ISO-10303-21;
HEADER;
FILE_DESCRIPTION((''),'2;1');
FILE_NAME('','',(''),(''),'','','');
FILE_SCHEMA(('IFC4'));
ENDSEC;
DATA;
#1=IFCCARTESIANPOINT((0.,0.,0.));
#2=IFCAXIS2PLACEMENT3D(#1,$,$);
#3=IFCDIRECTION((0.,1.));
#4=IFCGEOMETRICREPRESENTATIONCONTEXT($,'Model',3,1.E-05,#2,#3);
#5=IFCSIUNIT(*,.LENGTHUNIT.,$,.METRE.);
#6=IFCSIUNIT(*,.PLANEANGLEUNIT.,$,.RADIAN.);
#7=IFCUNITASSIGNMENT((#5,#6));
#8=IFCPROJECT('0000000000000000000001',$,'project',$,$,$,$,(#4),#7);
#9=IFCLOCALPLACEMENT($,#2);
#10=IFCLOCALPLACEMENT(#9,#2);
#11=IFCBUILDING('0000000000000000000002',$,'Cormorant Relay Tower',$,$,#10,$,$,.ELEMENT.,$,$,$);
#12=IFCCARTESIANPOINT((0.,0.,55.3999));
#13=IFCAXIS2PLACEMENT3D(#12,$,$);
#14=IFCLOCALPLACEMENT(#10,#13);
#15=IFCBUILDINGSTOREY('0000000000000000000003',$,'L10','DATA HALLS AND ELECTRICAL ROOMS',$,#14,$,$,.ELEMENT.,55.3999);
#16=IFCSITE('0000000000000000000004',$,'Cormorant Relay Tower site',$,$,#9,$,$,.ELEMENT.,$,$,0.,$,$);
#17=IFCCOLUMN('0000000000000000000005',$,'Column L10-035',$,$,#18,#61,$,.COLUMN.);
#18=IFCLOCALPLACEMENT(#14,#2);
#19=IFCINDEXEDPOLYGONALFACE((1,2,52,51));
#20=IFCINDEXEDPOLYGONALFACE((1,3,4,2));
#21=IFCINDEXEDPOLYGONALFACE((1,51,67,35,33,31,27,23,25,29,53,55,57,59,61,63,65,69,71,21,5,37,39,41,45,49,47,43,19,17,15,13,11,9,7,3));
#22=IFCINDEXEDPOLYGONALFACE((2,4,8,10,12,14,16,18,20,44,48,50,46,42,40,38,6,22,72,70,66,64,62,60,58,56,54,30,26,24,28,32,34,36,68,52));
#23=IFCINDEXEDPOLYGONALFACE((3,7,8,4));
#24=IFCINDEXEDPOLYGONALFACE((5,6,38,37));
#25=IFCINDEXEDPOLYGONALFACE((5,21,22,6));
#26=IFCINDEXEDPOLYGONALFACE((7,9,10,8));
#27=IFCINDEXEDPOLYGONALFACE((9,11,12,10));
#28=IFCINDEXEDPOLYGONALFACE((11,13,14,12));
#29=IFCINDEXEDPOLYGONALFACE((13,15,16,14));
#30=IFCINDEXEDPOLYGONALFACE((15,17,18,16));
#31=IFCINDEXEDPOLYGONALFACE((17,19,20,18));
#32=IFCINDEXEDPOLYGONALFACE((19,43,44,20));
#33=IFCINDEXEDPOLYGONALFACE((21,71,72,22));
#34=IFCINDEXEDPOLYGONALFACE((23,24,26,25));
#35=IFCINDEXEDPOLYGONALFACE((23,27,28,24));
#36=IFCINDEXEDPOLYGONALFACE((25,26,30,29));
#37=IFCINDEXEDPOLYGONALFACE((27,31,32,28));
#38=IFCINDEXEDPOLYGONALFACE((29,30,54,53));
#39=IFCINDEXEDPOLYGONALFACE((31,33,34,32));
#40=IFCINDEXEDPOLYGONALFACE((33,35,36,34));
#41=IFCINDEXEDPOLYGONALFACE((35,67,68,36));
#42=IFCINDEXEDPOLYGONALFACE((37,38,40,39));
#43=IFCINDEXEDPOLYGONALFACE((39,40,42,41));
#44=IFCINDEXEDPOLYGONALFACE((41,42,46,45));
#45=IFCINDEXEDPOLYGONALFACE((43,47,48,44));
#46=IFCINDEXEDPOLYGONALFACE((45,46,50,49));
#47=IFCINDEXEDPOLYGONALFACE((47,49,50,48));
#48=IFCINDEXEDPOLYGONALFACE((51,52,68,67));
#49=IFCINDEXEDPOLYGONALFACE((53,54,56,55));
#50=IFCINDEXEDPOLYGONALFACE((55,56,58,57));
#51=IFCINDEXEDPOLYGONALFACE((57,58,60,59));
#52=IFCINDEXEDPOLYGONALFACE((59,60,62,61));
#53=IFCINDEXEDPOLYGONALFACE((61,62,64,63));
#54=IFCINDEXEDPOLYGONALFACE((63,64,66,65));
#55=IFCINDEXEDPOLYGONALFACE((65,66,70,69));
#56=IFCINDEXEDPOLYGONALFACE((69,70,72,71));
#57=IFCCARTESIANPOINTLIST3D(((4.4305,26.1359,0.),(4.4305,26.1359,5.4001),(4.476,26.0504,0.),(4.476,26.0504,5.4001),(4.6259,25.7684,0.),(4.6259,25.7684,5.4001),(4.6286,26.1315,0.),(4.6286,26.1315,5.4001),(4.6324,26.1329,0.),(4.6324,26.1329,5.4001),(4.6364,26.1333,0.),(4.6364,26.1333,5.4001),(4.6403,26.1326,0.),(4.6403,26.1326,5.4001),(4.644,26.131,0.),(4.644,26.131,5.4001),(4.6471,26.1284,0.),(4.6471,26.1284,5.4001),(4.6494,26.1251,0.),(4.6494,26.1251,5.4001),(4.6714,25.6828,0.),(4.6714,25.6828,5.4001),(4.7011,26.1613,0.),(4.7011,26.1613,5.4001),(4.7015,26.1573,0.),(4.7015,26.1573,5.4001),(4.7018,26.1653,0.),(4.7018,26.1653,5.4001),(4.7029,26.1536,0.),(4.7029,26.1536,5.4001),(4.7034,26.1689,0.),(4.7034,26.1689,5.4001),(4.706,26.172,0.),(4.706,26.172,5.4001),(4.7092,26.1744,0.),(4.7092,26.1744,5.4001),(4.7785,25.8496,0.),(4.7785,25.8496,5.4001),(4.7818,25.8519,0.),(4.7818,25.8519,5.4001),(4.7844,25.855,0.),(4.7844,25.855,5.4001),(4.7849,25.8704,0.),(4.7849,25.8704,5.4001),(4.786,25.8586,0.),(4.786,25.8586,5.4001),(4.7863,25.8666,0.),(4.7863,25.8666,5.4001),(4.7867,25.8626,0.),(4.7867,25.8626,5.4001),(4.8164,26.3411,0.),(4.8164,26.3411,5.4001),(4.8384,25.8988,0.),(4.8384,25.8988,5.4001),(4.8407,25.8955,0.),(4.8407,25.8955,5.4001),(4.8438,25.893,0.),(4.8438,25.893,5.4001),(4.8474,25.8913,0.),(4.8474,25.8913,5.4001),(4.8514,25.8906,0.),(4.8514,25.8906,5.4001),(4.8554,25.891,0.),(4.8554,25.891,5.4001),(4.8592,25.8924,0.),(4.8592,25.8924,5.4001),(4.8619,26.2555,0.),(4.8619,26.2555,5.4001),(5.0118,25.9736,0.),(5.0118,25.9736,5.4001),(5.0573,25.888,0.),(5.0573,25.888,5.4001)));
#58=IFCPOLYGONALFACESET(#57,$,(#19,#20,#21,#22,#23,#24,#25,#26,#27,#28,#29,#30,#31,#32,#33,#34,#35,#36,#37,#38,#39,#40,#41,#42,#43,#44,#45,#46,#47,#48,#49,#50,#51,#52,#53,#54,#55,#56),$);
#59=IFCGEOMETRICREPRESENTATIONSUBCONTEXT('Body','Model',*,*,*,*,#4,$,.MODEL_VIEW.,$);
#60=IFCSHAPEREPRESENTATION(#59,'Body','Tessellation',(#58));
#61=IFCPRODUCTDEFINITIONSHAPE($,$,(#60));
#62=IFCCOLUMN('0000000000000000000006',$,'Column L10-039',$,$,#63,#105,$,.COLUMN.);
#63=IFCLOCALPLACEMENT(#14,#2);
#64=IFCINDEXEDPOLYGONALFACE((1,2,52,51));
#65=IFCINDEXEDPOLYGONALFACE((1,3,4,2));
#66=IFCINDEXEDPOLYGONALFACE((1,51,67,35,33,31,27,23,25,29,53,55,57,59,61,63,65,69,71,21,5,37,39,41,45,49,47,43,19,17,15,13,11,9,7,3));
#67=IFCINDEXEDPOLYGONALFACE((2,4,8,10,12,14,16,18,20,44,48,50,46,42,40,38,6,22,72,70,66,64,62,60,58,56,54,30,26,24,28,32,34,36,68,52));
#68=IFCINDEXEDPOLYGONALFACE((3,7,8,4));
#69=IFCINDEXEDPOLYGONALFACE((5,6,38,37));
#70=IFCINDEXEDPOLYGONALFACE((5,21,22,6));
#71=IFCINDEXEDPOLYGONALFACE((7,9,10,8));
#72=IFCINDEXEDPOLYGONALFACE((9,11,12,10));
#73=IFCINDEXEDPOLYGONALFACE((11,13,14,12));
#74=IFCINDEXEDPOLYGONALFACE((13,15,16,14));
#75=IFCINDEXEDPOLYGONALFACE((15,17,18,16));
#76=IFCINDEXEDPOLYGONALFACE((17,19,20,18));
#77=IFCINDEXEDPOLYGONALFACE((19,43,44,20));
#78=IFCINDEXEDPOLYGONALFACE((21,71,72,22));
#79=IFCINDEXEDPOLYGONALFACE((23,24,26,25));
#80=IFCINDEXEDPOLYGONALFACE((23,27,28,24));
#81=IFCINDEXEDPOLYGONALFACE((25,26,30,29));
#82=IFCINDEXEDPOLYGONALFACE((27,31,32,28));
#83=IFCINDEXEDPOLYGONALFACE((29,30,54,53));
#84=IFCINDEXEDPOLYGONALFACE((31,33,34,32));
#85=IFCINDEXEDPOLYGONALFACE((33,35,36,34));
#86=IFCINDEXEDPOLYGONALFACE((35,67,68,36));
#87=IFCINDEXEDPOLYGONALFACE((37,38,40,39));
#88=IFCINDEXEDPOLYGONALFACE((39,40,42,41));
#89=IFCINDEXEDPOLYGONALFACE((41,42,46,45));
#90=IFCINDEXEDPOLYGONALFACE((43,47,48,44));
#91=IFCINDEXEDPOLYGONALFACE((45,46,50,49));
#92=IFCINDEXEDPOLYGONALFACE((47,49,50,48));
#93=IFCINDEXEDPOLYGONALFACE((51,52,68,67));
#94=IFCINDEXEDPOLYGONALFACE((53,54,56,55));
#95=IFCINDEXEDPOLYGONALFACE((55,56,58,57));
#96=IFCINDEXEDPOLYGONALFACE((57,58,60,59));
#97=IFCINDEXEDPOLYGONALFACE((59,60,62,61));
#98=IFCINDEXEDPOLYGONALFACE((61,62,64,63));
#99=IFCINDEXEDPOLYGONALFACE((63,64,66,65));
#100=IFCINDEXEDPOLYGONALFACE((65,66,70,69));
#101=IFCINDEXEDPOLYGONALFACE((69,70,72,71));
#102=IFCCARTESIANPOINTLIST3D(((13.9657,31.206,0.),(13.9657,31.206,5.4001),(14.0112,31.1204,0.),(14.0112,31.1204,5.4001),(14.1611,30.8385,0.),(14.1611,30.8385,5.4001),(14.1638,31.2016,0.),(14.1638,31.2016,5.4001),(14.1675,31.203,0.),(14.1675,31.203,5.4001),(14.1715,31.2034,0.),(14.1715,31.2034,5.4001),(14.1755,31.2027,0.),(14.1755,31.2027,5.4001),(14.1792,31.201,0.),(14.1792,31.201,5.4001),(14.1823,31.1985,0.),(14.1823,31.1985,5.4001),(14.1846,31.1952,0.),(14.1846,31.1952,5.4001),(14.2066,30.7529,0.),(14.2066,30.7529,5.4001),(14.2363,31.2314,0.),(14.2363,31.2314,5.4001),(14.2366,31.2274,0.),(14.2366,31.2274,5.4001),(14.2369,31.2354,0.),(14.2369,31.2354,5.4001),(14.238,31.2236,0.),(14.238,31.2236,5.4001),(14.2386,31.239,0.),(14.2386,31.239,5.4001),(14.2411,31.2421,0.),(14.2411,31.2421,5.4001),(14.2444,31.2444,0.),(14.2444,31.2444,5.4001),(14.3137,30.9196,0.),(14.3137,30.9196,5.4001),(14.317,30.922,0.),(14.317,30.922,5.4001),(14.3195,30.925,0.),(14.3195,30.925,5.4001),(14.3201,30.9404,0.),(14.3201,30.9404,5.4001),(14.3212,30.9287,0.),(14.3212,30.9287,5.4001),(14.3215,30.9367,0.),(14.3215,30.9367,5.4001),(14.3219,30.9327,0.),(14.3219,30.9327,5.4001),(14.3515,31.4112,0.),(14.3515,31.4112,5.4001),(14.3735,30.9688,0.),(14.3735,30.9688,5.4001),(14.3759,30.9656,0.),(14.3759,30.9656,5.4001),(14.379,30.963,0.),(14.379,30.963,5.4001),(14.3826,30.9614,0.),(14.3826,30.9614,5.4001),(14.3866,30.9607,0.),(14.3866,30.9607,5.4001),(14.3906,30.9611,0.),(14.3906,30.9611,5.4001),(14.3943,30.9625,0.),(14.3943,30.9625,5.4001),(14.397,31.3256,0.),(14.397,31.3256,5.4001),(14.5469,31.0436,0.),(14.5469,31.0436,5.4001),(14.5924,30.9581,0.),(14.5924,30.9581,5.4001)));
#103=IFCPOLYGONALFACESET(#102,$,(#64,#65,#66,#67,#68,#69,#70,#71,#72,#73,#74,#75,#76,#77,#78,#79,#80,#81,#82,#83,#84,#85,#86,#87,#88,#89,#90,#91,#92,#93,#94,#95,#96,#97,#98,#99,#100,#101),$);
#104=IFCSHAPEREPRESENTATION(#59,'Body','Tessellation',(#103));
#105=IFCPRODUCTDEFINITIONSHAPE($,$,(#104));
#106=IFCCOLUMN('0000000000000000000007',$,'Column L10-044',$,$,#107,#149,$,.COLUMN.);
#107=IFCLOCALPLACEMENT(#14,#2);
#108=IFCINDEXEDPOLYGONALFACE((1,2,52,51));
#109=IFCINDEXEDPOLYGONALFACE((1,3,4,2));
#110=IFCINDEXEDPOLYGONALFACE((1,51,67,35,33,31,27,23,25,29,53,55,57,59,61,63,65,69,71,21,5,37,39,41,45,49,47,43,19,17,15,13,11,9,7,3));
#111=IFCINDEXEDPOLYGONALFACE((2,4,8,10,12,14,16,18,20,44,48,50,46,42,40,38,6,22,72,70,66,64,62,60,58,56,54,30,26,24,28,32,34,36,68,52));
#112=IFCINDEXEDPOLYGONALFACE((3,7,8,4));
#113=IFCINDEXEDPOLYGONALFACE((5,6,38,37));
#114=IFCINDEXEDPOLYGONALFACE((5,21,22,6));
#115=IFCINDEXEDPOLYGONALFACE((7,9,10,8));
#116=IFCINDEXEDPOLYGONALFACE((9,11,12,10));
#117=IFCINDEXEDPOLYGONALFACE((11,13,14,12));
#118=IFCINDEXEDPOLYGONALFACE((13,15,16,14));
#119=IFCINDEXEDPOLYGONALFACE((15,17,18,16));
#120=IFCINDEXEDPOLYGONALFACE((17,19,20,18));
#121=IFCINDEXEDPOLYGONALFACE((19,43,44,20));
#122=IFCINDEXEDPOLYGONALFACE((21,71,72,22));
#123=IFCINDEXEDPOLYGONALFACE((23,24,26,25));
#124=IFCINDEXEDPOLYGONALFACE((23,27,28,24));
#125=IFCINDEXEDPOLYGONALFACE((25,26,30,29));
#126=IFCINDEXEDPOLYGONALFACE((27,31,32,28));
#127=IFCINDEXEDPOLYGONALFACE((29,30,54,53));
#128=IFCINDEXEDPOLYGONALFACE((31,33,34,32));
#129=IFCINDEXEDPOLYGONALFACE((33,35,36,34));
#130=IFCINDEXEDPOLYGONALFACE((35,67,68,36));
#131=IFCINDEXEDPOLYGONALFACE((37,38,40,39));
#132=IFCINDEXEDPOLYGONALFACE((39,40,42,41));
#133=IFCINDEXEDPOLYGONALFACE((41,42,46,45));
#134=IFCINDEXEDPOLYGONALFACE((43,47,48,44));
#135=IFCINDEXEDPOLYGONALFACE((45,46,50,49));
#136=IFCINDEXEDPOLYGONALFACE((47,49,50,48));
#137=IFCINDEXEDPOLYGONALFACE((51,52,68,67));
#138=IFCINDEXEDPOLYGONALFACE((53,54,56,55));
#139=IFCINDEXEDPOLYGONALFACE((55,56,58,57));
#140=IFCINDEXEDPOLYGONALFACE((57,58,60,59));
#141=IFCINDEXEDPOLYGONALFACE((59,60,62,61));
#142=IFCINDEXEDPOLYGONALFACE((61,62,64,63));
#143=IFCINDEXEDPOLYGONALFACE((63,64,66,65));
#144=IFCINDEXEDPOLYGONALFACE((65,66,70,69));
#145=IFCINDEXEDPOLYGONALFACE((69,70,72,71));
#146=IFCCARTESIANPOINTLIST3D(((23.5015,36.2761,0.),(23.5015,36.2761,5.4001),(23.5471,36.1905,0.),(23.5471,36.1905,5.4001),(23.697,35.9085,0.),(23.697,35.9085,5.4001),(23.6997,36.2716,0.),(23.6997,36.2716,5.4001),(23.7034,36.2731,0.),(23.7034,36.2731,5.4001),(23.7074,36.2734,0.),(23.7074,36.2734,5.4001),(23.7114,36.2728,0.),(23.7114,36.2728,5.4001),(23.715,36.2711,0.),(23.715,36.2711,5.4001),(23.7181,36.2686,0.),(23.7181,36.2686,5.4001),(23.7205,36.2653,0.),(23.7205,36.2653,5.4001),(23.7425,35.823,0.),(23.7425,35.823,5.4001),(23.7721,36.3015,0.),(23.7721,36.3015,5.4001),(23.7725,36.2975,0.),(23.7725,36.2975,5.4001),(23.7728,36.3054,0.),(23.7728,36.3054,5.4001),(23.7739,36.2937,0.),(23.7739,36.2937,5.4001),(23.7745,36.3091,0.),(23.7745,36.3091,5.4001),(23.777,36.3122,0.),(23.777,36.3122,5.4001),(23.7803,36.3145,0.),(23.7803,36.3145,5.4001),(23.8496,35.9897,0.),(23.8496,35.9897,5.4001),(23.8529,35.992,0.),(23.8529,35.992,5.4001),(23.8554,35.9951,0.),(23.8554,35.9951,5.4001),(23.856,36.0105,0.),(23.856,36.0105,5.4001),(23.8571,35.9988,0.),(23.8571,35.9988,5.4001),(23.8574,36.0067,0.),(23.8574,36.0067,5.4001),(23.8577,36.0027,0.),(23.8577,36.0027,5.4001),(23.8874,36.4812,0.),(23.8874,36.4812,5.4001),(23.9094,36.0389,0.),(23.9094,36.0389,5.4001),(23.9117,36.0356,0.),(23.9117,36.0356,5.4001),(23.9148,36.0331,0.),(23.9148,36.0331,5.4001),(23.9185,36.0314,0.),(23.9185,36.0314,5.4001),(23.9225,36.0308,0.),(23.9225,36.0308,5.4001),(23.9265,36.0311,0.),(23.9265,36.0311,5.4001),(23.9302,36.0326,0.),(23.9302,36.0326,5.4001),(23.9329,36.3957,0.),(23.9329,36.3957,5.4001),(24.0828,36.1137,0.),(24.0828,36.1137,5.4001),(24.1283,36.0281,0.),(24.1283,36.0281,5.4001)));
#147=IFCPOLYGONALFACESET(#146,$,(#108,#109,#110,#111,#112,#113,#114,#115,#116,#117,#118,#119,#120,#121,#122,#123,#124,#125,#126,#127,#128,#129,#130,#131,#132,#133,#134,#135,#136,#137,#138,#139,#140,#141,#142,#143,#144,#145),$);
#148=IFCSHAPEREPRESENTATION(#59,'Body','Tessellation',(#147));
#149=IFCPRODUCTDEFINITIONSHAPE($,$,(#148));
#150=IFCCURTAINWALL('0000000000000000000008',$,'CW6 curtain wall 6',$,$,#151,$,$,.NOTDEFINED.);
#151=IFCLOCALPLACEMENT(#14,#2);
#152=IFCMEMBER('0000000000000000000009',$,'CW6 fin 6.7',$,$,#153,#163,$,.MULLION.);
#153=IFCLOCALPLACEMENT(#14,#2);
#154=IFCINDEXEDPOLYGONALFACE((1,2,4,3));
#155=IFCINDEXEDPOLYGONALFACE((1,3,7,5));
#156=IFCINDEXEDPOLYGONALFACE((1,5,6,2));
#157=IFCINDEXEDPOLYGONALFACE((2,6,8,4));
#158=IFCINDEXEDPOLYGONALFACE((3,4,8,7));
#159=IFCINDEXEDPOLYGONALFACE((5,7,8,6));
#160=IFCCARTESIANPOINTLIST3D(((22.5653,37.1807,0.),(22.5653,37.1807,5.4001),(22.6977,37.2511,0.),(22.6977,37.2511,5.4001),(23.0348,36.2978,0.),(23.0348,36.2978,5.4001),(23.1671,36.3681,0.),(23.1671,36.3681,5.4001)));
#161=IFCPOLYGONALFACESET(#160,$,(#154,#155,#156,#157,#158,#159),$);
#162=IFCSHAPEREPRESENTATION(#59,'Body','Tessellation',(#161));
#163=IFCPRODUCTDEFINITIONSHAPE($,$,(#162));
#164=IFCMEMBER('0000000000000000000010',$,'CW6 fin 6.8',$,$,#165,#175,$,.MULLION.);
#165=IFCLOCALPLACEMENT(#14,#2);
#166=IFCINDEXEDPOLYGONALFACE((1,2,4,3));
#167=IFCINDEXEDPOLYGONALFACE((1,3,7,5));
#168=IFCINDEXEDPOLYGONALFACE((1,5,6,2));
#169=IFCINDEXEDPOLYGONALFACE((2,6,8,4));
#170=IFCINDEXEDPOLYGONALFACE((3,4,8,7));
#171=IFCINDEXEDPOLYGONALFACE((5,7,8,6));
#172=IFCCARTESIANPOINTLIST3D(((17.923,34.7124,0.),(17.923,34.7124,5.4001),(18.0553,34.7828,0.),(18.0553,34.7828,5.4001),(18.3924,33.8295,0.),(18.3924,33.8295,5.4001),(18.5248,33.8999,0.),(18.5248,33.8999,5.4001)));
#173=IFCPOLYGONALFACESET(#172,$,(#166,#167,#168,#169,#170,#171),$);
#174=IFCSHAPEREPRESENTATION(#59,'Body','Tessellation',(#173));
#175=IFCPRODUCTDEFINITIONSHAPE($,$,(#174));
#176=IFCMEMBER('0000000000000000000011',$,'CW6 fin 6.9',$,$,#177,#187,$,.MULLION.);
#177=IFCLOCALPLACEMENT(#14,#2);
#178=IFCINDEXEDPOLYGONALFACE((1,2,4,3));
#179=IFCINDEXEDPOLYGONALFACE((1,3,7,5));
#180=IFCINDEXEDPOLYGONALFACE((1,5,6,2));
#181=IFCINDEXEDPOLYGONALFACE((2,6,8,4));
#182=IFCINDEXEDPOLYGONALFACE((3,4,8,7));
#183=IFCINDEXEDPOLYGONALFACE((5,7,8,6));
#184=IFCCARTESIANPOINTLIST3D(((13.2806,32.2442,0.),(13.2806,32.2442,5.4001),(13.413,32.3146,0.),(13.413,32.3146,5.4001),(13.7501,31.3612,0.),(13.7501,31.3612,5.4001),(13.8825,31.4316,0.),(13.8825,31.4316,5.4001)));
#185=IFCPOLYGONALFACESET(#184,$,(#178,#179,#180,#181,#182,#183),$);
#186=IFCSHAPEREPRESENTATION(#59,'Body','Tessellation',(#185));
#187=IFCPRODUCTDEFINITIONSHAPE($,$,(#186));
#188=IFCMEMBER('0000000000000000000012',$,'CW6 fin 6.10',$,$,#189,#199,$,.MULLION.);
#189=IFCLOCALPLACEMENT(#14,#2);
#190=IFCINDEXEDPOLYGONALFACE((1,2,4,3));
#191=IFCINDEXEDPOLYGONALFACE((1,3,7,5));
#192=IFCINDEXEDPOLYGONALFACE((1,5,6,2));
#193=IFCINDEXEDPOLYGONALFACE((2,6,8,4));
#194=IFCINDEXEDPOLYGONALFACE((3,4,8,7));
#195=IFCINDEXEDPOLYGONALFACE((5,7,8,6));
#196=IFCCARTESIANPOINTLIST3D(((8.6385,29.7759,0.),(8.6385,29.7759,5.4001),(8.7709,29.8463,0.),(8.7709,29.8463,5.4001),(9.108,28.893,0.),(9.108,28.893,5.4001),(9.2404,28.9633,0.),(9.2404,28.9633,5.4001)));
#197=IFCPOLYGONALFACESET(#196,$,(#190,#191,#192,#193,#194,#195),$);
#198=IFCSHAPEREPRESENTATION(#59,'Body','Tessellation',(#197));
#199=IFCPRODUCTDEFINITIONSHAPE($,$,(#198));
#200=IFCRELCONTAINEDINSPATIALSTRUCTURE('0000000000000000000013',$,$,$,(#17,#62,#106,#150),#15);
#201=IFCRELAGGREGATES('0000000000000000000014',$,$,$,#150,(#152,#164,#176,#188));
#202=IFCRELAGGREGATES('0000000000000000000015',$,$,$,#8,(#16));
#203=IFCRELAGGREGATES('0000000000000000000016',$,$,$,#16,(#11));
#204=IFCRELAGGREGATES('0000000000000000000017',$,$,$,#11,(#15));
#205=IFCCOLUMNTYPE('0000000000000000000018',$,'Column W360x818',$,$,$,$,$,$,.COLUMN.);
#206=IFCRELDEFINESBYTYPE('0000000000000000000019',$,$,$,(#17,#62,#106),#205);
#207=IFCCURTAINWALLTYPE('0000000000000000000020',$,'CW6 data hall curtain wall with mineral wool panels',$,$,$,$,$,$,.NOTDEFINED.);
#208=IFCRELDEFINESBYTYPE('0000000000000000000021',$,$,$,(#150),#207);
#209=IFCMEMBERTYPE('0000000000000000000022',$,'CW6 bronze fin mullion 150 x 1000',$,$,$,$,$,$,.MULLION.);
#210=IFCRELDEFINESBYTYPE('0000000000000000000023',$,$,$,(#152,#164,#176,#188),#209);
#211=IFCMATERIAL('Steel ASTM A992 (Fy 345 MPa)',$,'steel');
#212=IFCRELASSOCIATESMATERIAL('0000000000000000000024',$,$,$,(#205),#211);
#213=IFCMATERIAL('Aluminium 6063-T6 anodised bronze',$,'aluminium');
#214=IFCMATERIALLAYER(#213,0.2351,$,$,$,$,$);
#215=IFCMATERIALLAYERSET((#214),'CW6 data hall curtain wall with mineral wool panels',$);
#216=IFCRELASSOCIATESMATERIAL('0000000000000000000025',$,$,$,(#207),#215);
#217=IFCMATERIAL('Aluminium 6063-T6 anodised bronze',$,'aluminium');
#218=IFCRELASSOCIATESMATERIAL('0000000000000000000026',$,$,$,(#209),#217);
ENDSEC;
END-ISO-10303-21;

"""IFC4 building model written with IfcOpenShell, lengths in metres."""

from ifc_helpers import new_model, si_unit, direction, frame, origin, origin_2d, place, context, subcontext, project, spatial, rectangle, i_section, extrude, material, layer, layer_set, material_profile, profile_set, type_object, element, aggregate, save


model = new_model("IFC4")

# Units and contexts
model_context = context("Model", 3, precision=1e-05, world=origin(), true_north=direction((0.0, 1.0)))
body_context = subcontext(model_context, "Body", "Model", "MODEL_VIEW")
ifc_project = project(units=[si_unit("LENGTHUNIT", "METRE"), si_unit("PLANEANGLEUNIT", "RADIAN")], contexts=[model_context])

# Site, building, storey
site_placement = place(None, origin())
site = spatial("IfcSite", under=ifc_project, at=site_placement, Name="Cormorant Relay Tower site", CompositionType="ELEMENT", RefElevation=0.0)
building_placement = place(site_placement, origin())
building = spatial("IfcBuilding", under=site, at=building_placement, Name="Cormorant Relay Tower", CompositionType="ELEMENT")
storey_placement = place(building_placement, frame((0.0, 0.0, 55.3999)))
storey = spatial("IfcBuildingStorey", under=building, at=storey_placement, Name="L10", Description="DATA HALLS AND ELECTRICAL ROOMS", CompositionType="ELEMENT", Elevation=55.3999)

# Columns
ifc_material_1 = material(Name="Steel ASTM A992 (Fy 345 MPa)", Category="steel")
ifc_material_profile_1 = material_profile(ifc_material_1, i_section(OverallWidth=0.437, OverallDepth=0.5132, WebThickness=0.0605, FlangeThickness=0.0969, FilletRadius=0.0154, at=origin_2d()), Name="W360x818")
ifc_profile_set_1 = profile_set([ifc_material_profile_1], Name="Steel ASTM A992 (Fy 345 MPa)")
column_type = type_object("IfcColumnType", Name="Column W360x818", PredefinedType="COLUMN", material=ifc_profile_set_1)
for number, where, z_axis, x_axis, name in (
    (1, (4.7439, 26.012, 0.0), (0.0, 0.0, 1.0), (-0.882948, -0.469472, 0.0), "Column L10-035"),
    (2, (14.2791, 31.082, 0.0), (0.0, 0.0, 1.0), (-0.882948, -0.469472, 0.0), "Column L10-039"),
    (3, (23.8149, 36.1521, 0.0), (0.0, 0.0, 1.0), (-0.882948, -0.469472, 0.0), "Column L10-044"),
):
    element("IfcColumn", number, at=place(storey_placement, frame(where, z_axis=z_axis, x_axis=x_axis)), inside=storey, type_object=column_type, Name=name, PredefinedType="COLUMN", context=body_context, shape_type="SweptSolid", body=[
        extrude(i_section(OverallWidth=0.437, OverallDepth=0.5132, WebThickness=0.0605, FlangeThickness=0.0969, FilletRadius=0.0154, at=origin_2d()), origin(), (0.0, 0.0, 1.0), 5.4001),
    ])

# Curtain wall, members
ifc_material_2 = material(Name="Aluminium 6063-T6 anodised bronze", Category="aluminium")
ifc_layer_1 = layer(ifc_material_2, 0.2351)
ifc_layer_set_1 = layer_set([ifc_layer_1], Name="CW6 data hall curtain wall with mineral wool panels")
curtain_wall_type = type_object("IfcCurtainWallType", Name="CW6 data hall curtain wall with mineral wool panels", PredefinedType="NOTDEFINED", material=ifc_layer_set_1)
curtain_wall_1_placement = place(storey_placement, origin())
curtain_wall_1 = element("IfcCurtainWall", 4, at=curtain_wall_1_placement, inside=storey, type_object=curtain_wall_type, Name="CW6 curtain wall 6", PredefinedType="NOTDEFINED")
ifc_material_3 = material(Name="Aluminium 6063-T6 anodised bronze", Category="aluminium")
ifc_material_profile_2 = material_profile(ifc_material_3, rectangle(XDim=0.1499, YDim=1.0, at=origin_2d()), Name="AL 150x1000")
ifc_profile_set_2 = profile_set([ifc_material_profile_2], Name="Aluminium 6063-T6 anodised bronze")
member_type_1 = type_object("IfcMemberType", Name="CW6 bronze fin mullion 150 x 1000", PredefinedType="MULLION", material=ifc_profile_set_2)
member_1_placement = place(storey_placement, frame((22.8662, 36.7744, 0.0), z_axis=(0.0, 0.0, 1.0), x_axis=(-0.882948, -0.469472, 0.0)))
member_1 = element("IfcMember", 5, at=member_1_placement, type_object=member_type_1, Name="CW6 fin 6.7", PredefinedType="MULLION", context=body_context, shape_type="SweptSolid", body=[
    extrude(rectangle(XDim=0.1499, YDim=1.0, at=origin_2d()), origin(), (0.0, 0.0, 1.0), 5.4001),
])
member_2_placement = place(storey_placement, frame((18.2239, 34.3062, 0.0), z_axis=(0.0, 0.0, 1.0), x_axis=(-0.882948, -0.469472, 0.0)))
member_2 = element("IfcMember", 6, at=member_2_placement, type_object=member_type_1, Name="CW6 fin 6.8", PredefinedType="MULLION", context=body_context, shape_type="SweptSolid", body=[
    extrude(rectangle(XDim=0.1499, YDim=1.0, at=origin_2d()), origin(), (0.0, 0.0, 1.0), 5.4001),
])
member_3_placement = place(storey_placement, frame((13.5815, 31.8379, 0.0), z_axis=(0.0, 0.0, 1.0), x_axis=(-0.882948, -0.469472, 0.0)))
member_3 = element("IfcMember", 7, at=member_3_placement, type_object=member_type_1, Name="CW6 fin 6.9", PredefinedType="MULLION", context=body_context, shape_type="SweptSolid", body=[
    extrude(rectangle(XDim=0.1499, YDim=1.0, at=origin_2d()), origin(), (0.0, 0.0, 1.0), 5.4001),
])
member_4_placement = place(storey_placement, frame((8.9395, 29.3696, 0.0), z_axis=(0.0, 0.0, 1.0), x_axis=(-0.882948, -0.469472, 0.0)))
member_4 = element("IfcMember", 8, at=member_4_placement, type_object=member_type_1, Name="CW6 fin 6.10", PredefinedType="MULLION", context=body_context, shape_type="SweptSolid", body=[
    extrude(rectangle(XDim=0.1499, YDim=1.0, at=origin_2d()), origin(), (0.0, 0.0, 1.0), 5.4001),
])

aggregate(curtain_wall_1, [member_1, member_2, member_3, member_4])

save(model, "model.ifc")
